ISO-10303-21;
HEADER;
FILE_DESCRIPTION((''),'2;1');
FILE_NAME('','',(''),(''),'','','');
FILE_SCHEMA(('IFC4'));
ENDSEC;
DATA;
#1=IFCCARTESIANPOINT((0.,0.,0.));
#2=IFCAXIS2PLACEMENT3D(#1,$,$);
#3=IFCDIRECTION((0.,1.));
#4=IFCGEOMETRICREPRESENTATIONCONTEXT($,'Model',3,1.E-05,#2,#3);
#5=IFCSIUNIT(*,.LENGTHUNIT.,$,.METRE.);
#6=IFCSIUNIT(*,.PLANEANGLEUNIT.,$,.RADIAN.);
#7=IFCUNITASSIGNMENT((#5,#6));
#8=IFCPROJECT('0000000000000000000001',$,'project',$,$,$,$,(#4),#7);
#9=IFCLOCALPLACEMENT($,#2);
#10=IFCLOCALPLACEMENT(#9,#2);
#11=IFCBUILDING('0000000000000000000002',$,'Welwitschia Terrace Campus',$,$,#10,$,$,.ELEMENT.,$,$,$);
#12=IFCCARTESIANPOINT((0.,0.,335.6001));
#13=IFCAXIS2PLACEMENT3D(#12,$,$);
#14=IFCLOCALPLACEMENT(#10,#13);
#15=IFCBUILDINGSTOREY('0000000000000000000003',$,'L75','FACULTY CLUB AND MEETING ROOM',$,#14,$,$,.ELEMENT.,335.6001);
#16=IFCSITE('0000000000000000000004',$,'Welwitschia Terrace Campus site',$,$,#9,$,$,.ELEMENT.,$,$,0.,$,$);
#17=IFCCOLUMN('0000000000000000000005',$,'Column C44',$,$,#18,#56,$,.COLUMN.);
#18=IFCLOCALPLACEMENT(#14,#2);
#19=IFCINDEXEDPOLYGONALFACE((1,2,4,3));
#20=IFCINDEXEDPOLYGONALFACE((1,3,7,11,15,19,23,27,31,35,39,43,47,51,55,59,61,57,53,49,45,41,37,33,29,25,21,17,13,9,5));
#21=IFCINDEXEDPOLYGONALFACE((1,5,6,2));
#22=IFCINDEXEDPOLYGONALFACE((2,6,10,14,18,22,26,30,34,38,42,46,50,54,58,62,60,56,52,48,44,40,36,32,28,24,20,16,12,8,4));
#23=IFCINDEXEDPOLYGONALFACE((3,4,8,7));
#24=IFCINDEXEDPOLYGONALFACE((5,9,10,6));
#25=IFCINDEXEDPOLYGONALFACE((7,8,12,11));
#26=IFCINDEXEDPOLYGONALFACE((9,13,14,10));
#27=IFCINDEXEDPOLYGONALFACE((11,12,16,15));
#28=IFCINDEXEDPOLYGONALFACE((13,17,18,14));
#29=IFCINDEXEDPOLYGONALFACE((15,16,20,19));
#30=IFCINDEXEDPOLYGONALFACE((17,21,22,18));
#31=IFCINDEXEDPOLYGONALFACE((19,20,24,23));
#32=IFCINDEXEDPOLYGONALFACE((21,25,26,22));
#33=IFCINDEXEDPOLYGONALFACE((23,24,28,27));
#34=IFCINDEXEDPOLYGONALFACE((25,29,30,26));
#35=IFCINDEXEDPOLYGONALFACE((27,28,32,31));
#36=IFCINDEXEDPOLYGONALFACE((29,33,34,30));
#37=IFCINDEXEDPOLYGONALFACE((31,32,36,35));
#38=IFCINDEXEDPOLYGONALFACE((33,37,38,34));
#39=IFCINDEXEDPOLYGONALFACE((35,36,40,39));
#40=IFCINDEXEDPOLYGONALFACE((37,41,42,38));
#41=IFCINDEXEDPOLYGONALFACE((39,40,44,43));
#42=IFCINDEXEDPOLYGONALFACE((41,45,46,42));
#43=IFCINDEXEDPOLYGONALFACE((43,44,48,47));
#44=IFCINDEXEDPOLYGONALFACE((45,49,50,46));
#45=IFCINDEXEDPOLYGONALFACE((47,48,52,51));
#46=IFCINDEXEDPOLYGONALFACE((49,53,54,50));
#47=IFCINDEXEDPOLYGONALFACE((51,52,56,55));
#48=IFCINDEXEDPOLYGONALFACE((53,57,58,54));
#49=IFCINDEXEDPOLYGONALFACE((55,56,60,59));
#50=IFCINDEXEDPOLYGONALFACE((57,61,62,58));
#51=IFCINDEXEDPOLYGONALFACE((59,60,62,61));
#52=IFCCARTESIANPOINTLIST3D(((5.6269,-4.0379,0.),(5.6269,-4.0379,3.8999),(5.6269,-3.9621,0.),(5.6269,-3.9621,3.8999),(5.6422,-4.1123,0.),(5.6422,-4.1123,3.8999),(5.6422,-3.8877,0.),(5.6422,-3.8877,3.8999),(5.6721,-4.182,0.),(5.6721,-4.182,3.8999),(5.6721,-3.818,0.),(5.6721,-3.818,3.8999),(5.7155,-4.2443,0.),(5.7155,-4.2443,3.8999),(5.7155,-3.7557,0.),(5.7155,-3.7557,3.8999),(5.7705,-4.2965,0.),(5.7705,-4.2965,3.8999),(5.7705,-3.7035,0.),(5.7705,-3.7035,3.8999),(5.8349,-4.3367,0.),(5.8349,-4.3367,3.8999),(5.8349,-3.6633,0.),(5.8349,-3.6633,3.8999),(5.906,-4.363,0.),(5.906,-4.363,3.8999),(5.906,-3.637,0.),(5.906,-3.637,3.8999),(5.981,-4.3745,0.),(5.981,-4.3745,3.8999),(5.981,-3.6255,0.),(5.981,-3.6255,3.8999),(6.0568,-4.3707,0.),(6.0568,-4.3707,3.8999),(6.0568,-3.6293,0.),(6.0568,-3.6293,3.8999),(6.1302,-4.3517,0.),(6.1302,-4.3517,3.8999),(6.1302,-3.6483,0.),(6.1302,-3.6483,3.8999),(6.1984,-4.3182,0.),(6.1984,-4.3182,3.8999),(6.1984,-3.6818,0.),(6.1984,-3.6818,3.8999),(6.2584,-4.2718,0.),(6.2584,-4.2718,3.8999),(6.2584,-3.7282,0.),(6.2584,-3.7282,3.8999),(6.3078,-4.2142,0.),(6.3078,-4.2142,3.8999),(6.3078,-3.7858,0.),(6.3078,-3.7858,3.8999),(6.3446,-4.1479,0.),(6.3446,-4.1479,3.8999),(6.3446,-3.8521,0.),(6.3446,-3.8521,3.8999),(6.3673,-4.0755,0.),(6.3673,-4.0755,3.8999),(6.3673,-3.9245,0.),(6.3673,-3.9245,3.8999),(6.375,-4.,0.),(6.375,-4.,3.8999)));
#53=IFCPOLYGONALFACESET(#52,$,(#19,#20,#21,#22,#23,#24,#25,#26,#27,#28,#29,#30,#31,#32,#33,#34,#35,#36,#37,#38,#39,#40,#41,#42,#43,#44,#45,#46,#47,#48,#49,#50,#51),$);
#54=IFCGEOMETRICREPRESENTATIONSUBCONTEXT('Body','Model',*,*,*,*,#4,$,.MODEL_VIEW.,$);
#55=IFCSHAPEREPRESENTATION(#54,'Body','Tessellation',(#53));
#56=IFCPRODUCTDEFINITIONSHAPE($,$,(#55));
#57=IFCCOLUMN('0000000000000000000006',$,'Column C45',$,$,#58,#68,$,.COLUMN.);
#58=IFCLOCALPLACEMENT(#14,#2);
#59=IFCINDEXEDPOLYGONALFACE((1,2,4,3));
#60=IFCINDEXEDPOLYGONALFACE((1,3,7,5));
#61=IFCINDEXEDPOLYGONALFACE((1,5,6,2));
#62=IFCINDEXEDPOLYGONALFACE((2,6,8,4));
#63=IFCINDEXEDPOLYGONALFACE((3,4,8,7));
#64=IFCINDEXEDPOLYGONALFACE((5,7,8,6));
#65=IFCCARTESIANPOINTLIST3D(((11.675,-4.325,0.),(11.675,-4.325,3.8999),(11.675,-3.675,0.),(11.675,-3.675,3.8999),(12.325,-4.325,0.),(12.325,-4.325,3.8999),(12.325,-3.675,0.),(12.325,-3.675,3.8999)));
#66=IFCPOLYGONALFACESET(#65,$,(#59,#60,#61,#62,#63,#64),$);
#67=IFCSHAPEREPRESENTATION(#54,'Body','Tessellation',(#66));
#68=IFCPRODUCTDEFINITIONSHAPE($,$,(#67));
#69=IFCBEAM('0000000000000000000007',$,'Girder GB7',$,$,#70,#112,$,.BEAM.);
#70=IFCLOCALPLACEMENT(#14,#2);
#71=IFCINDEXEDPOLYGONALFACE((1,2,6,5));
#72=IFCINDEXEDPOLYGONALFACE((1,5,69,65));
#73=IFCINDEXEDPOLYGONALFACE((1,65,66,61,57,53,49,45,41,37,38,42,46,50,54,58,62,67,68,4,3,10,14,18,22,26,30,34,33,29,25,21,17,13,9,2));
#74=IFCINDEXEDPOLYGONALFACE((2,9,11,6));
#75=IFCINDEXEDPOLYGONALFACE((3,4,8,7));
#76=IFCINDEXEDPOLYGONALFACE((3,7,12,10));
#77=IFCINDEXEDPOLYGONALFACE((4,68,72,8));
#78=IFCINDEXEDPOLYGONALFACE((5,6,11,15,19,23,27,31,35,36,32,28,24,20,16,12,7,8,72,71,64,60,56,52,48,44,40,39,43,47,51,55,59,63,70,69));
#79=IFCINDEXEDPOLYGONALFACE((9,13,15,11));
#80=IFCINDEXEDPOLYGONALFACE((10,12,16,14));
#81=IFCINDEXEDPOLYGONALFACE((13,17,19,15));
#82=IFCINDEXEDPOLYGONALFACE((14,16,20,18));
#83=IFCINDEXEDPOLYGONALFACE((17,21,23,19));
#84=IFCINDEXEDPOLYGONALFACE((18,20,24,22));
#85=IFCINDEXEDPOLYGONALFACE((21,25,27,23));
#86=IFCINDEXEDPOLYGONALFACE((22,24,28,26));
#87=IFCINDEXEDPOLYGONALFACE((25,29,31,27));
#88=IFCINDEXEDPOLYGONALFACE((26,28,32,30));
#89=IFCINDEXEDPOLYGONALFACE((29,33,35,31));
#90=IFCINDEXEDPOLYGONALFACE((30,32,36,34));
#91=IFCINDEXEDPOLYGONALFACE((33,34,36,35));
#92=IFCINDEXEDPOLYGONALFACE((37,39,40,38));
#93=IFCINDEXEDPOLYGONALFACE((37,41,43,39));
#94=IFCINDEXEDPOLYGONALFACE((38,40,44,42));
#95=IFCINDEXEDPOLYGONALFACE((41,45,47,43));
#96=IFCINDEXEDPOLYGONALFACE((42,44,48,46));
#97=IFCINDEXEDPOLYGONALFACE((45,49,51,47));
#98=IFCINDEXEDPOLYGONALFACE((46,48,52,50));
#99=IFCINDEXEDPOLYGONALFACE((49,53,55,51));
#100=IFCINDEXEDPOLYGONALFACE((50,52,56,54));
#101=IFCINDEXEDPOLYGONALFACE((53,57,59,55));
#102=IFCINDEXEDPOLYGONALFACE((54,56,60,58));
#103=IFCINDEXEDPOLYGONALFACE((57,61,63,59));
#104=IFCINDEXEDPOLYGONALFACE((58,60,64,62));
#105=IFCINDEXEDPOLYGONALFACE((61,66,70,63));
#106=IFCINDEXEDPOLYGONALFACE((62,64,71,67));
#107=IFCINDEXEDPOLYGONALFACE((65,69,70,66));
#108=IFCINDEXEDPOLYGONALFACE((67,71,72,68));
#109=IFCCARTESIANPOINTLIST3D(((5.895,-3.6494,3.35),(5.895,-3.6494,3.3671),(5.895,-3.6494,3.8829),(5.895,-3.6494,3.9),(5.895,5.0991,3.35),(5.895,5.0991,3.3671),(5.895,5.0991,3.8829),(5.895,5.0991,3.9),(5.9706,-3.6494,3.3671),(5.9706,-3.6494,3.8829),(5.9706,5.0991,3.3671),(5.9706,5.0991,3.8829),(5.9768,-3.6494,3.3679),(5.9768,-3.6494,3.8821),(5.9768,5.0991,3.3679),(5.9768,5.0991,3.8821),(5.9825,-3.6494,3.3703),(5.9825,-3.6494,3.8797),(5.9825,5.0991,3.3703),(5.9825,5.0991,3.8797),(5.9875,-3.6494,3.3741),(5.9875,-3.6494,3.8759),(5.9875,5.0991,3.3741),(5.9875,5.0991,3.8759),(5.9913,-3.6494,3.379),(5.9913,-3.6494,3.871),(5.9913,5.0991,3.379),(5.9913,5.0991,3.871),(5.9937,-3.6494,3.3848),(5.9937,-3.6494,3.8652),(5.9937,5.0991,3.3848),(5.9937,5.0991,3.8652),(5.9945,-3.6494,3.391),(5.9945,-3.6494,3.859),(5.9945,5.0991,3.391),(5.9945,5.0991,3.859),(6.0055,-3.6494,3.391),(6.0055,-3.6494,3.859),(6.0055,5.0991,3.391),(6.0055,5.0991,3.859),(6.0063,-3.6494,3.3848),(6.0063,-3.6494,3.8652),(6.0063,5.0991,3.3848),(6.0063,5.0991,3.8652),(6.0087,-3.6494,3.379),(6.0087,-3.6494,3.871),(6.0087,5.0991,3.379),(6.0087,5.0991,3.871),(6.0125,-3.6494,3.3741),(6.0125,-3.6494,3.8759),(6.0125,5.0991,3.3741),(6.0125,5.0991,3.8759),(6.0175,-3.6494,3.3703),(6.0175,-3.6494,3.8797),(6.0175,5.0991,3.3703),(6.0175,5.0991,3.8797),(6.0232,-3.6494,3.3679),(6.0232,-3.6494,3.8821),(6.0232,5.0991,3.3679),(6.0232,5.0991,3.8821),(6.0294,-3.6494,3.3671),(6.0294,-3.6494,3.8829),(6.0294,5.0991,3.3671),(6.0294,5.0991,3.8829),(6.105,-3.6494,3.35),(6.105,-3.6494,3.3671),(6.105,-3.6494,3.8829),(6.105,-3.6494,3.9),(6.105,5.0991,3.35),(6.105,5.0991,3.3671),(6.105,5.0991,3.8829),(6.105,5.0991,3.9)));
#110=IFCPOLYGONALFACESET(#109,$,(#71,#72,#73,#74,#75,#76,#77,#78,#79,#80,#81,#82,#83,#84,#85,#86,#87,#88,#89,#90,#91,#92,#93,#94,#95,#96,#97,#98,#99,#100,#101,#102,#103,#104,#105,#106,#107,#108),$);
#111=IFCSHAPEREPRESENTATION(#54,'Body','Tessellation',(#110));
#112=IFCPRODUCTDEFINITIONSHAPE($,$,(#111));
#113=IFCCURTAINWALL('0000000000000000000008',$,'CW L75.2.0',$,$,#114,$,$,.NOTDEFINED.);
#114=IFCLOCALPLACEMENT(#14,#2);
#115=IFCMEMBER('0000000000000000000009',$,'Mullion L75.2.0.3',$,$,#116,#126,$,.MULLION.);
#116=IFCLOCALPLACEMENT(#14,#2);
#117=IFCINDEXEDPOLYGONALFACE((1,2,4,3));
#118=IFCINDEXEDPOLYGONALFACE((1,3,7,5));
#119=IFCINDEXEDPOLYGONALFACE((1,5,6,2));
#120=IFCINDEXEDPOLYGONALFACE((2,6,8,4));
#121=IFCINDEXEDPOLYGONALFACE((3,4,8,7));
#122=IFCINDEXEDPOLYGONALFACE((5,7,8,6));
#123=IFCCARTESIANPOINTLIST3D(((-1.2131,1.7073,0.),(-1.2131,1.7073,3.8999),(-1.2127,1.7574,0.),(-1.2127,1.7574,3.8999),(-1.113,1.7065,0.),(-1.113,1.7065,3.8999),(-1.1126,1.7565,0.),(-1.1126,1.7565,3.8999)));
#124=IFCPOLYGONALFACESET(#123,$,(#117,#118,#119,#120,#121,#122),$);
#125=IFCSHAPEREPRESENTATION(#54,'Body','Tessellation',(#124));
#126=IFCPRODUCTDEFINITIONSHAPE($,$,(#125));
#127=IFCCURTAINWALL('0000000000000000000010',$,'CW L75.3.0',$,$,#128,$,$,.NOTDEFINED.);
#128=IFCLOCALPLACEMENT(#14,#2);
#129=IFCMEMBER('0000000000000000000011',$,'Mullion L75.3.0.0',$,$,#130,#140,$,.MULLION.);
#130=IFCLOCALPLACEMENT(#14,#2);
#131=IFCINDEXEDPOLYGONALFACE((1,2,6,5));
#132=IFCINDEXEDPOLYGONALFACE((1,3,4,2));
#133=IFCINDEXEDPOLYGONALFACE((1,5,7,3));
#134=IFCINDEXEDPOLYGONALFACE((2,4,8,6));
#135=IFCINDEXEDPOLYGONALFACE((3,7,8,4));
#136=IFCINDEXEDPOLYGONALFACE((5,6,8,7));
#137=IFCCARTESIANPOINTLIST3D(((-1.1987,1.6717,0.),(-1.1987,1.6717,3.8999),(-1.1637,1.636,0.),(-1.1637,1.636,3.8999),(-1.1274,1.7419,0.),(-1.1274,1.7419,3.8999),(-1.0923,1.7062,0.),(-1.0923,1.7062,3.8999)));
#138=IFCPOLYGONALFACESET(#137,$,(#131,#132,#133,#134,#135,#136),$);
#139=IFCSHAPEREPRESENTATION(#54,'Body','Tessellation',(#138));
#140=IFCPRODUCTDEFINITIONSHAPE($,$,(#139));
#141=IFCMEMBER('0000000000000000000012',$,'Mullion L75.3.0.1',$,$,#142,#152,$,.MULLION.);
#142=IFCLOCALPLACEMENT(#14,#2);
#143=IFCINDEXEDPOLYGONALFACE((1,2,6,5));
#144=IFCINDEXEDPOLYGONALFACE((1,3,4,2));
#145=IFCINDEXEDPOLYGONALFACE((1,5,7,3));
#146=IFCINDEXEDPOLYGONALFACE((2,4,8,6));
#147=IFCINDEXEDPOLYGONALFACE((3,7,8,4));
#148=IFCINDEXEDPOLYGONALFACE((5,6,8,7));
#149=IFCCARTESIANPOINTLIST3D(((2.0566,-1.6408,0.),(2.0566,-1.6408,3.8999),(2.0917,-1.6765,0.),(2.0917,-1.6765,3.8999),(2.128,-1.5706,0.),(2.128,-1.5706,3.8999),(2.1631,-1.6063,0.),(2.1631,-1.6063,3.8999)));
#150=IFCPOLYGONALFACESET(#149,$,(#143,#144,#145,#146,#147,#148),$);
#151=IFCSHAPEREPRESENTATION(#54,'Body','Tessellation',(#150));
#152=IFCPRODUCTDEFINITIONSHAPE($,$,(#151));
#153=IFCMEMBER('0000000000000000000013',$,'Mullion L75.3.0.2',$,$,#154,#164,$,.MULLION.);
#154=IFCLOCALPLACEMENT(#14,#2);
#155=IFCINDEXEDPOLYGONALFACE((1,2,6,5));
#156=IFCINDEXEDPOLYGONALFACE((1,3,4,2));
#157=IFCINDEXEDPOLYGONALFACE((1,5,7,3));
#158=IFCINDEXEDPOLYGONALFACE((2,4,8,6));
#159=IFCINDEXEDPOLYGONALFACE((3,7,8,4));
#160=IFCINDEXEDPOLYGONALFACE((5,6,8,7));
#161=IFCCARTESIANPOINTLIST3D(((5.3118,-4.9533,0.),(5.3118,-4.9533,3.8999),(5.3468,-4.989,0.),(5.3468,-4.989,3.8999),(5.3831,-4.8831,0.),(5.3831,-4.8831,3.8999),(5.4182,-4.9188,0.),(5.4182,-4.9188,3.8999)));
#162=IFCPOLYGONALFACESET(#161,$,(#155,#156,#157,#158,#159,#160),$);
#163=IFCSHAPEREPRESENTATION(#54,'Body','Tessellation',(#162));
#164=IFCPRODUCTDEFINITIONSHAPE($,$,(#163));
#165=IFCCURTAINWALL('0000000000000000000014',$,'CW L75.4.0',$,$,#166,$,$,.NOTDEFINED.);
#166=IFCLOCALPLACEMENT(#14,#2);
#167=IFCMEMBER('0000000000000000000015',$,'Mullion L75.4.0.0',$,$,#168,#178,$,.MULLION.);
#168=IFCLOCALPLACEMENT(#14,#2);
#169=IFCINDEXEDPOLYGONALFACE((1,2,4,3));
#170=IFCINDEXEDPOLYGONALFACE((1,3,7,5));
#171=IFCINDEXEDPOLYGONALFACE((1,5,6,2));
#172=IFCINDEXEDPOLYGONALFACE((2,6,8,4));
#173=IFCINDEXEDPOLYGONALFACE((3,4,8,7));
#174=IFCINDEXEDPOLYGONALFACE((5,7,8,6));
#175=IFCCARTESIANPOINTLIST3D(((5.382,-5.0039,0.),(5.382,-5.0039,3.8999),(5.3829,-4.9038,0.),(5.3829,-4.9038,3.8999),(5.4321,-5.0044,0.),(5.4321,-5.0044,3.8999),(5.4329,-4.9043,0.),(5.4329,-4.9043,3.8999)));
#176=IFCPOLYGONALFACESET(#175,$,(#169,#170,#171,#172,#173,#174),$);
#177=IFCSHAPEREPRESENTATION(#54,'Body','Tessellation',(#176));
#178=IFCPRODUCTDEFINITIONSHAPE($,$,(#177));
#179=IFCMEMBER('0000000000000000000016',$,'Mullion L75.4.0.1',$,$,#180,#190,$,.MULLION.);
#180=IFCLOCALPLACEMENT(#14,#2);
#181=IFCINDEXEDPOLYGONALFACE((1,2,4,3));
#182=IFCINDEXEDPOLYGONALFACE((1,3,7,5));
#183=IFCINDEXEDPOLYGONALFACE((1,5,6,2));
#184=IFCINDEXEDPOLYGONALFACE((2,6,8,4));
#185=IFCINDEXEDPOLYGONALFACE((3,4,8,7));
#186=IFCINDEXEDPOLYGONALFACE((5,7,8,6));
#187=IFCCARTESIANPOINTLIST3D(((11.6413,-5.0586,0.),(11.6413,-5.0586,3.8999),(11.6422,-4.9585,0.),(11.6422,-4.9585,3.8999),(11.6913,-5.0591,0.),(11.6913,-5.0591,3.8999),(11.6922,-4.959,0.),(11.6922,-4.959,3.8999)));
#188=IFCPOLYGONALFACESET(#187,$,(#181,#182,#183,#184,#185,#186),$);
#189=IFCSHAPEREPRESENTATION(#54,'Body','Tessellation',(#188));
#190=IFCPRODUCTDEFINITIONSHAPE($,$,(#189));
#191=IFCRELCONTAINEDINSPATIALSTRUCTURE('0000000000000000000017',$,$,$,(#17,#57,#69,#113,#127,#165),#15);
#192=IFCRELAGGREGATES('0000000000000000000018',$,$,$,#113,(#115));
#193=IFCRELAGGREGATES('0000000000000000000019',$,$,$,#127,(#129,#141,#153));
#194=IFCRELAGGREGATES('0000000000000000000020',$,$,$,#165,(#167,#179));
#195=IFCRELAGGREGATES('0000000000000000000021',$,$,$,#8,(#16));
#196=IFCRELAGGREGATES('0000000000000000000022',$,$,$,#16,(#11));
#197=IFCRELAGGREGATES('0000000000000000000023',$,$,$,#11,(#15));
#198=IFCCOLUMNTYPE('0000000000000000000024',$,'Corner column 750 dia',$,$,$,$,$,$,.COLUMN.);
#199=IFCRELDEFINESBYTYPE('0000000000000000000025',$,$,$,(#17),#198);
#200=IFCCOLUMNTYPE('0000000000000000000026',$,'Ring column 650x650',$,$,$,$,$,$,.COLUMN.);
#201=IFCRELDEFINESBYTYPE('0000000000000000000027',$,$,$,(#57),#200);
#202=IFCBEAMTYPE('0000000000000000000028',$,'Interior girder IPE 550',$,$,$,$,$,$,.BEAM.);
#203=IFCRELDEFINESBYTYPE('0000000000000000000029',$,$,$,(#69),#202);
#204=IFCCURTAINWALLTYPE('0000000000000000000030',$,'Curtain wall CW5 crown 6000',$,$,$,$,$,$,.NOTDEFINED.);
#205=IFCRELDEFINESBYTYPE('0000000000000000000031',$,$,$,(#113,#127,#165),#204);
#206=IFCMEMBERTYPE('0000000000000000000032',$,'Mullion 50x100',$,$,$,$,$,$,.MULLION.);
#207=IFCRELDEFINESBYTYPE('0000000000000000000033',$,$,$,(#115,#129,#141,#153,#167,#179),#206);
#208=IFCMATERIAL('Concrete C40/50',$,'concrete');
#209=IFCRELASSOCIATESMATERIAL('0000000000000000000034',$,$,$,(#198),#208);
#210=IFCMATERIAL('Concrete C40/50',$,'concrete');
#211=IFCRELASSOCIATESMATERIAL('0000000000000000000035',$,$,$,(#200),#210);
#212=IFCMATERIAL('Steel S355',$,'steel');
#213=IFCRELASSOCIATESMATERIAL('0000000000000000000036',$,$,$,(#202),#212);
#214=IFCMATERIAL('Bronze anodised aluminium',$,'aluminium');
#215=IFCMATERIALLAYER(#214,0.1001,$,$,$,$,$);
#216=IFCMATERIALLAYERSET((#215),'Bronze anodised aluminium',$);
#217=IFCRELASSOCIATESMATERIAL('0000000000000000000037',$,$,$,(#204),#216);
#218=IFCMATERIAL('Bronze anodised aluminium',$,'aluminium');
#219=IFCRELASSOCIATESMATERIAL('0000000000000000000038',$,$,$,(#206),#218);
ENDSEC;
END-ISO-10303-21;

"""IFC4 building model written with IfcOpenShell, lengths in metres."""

from ifc_helpers import new_model, si_unit, direction, frame, origin, origin_2d, place, context, subcontext, project, spatial, rectangle, circle, i_section, extrude, material, layer, layer_set, material_profile, profile_set, type_object, element, aggregate, save


model = new_model("IFC4")

# Units and contexts
model_context = context("Model", 3, precision=1e-05, world=origin(), true_north=direction((0.0, 1.0)))
body_context = subcontext(model_context, "Body", "Model", "MODEL_VIEW")
ifc_project = project(units=[si_unit("LENGTHUNIT", "METRE"), si_unit("PLANEANGLEUNIT", "RADIAN")], contexts=[model_context])

# Site, building, storey
site_placement = place(None, origin())
site = spatial("IfcSite", under=ifc_project, at=site_placement, Name="Welwitschia Terrace Campus site", CompositionType="ELEMENT", RefElevation=0.0)
building_placement = place(site_placement, origin())
building = spatial("IfcBuilding", under=site, at=building_placement, Name="Welwitschia Terrace Campus", CompositionType="ELEMENT")
storey_placement = place(building_placement, frame((0.0, 0.0, 335.6001)))
storey = spatial("IfcBuildingStorey", under=building, at=storey_placement, Name="L75", Description="FACULTY CLUB AND MEETING ROOM", CompositionType="ELEMENT", Elevation=335.6001)

# Columns
ifc_material_1 = material(Name="Concrete C40/50", Category="concrete")
ifc_material_profile_1 = material_profile(ifc_material_1, circle(Radius=0.375, at=origin_2d()))
ifc_profile_set_1 = profile_set([ifc_material_profile_1], Name="Concrete C40/50")
column_type_1 = type_object("IfcColumnType", Name="Corner column 750 dia", PredefinedType="COLUMN", material=ifc_profile_set_1)
column_1_placement = place(storey_placement, frame((6.0, -4.0, 0.0), z_axis=(0.0, 0.0, 1.0), x_axis=(1.0, 0.0, 0.0)))
element("IfcColumn", 1, at=column_1_placement, inside=storey, type_object=column_type_1, Name="Column C44", PredefinedType="COLUMN", context=body_context, shape_type="SweptSolid", body=[
    extrude(circle(Radius=0.375, at=origin_2d()), origin(), (0.0, 0.0, 1.0), 3.8999),
])
ifc_material_2 = material(Name="Concrete C40/50", Category="concrete")
ifc_material_profile_2 = material_profile(ifc_material_2, rectangle(XDim=0.6499, YDim=0.6499, at=origin_2d()))
ifc_profile_set_2 = profile_set([ifc_material_profile_2], Name="Concrete C40/50")
column_type_2 = type_object("IfcColumnType", Name="Ring column 650x650", PredefinedType="COLUMN", material=ifc_profile_set_2)
column_2_placement = place(storey_placement, frame((12.0, -4.0, 0.0), z_axis=(0.0, 0.0, 1.0), x_axis=(1.0, 0.0, 0.0)))
element("IfcColumn", 2, at=column_2_placement, inside=storey, type_object=column_type_2, Name="Column C45", PredefinedType="COLUMN", context=body_context, shape_type="SweptSolid", body=[
    extrude(rectangle(XDim=0.6499, YDim=0.6499, at=origin_2d()), origin(), (0.0, 0.0, 1.0), 3.8999),
])

# Beam
ifc_material_3 = material(Name="Steel S355", Category="steel")
ifc_material_profile_3 = material_profile(ifc_material_3, i_section(OverallWidth=0.21, OverallDepth=0.55, WebThickness=0.011, FlangeThickness=0.0171, FilletRadius=0.0239, at=origin_2d()))
ifc_profile_set_3 = profile_set([ifc_material_profile_3], Name="Steel S355")
beam_type_1 = type_object("IfcBeamType", Name="Interior girder IPE 550", PredefinedType="BEAM", material=ifc_profile_set_3)
beam_1_placement = place(storey_placement, frame((6.0, -3.6494, 3.625), z_axis=(0.0, 1.0, 0.0), x_axis=(-1.0, 0.0, 0.0)))
element("IfcBeam", 3, at=beam_1_placement, inside=storey, type_object=beam_type_1, Name="Girder GB7", PredefinedType="BEAM", context=body_context, shape_type="SweptSolid", body=[
    extrude(i_section(OverallWidth=0.21, OverallDepth=0.55, WebThickness=0.011, FlangeThickness=0.0171, FilletRadius=0.0239, at=origin_2d()), origin(), (0.0, 0.0, 1.0), 8.7485),
])

# Curtain wall, member
ifc_material_4 = material(Name="Bronze anodised aluminium", Category="aluminium")
ifc_layer_1 = layer(ifc_material_4, 0.1001)
ifc_layer_set_1 = layer_set([ifc_layer_1], Name="Bronze anodised aluminium")
curtain_wall_type = type_object("IfcCurtainWallType", Name="Curtain wall CW5 crown 6000", PredefinedType="NOTDEFINED", material=ifc_layer_set_1)
curtain_wall_1_placement = place(storey_placement, origin())
curtain_wall_1 = element("IfcCurtainWall", 4, at=curtain_wall_1_placement, inside=storey, type_object=curtain_wall_type, Name="CW L75.2.0", PredefinedType="NOTDEFINED")
ifc_material_5 = material(Name="Bronze anodised aluminium", Category="aluminium")
ifc_material_profile_4 = material_profile(ifc_material_5, rectangle(XDim=0.1001, YDim=0.05, at=origin_2d()))
ifc_profile_set_4 = profile_set([ifc_material_profile_4], Name="Bronze anodised aluminium")
member_type_1 = type_object("IfcMemberType", Name="Mullion 50x100", PredefinedType="MULLION", material=ifc_profile_set_4)
member_1_placement = place(storey_placement, frame((-1.1628, 1.7319, 0.0), z_axis=(0.0, 0.0, 1.0), x_axis=(0.999962, -0.008727, 0.0)))
member_1 = element("IfcMember", 5, at=member_1_placement, type_object=member_type_1, Name="Mullion L75.2.0.3", PredefinedType="MULLION", context=body_context, shape_type="SweptSolid", body=[
    extrude(rectangle(XDim=0.1001, YDim=0.05, at=origin_2d()), origin(), (0.0, 0.0, 1.0), 3.8999),
])
aggregate(curtain_wall_1, [member_1])

# Curtain walls, members
curtain_wall_2_placement = place(storey_placement, origin())
curtain_wall_2 = element("IfcCurtainWall", 6, at=curtain_wall_2_placement, inside=storey, type_object=curtain_wall_type, Name="CW L75.3.0", PredefinedType="NOTDEFINED")
member_2_placement = place(storey_placement, frame((-1.1455, 1.689, 0.0), z_axis=(0.0, 0.0, 1.0), x_axis=(0.71325, 0.700909, 0.0)))
member_2 = element("IfcMember", 7, at=member_2_placement, type_object=member_type_1, Name="Mullion L75.3.0.0", PredefinedType="MULLION", context=body_context, shape_type="SweptSolid", body=[
    extrude(rectangle(XDim=0.1001, YDim=0.05, at=origin_2d()), origin(), (0.0, 0.0, 1.0), 3.8999),
])
member_3_placement = place(storey_placement, frame((2.1099, -1.6235, 0.0), z_axis=(0.0, 0.0, 1.0), x_axis=(0.71325, 0.700909, 0.0)))
member_3 = element("IfcMember", 8, at=member_3_placement, type_object=member_type_1, Name="Mullion L75.3.0.1", PredefinedType="MULLION", context=body_context, shape_type="SweptSolid", body=[
    extrude(rectangle(XDim=0.1001, YDim=0.05, at=origin_2d()), origin(), (0.0, 0.0, 1.0), 3.8999),
])
member_4_placement = place(storey_placement, frame((5.365, -4.936, 0.0), z_axis=(0.0, 0.0, 1.0), x_axis=(0.71325, 0.700909, 0.0)))
member_4 = element("IfcMember", 9, at=member_4_placement, type_object=member_type_1, Name="Mullion L75.3.0.2", PredefinedType="MULLION", context=body_context, shape_type="SweptSolid", body=[
    extrude(rectangle(XDim=0.1001, YDim=0.05, at=origin_2d()), origin(), (0.0, 0.0, 1.0), 3.8999),
])
curtain_wall_3_placement = place(storey_placement, origin())
curtain_wall_3 = element("IfcCurtainWall", 10, at=curtain_wall_3_placement, inside=storey, type_object=curtain_wall_type, Name="CW L75.4.0", PredefinedType="NOTDEFINED")
member_5_placement = place(storey_placement, frame((5.4075, -4.9541, 0.0), z_axis=(0.0, 0.0, 1.0), x_axis=(0.008727, 0.999962, 0.0)))
member_5 = element("IfcMember", 11, at=member_5_placement, type_object=member_type_1, Name="Mullion L75.4.0.0", PredefinedType="MULLION", context=body_context, shape_type="SweptSolid", body=[
    extrude(rectangle(XDim=0.1001, YDim=0.05, at=origin_2d()), origin(), (0.0, 0.0, 1.0), 3.8999),
])
member_6_placement = place(storey_placement, frame((11.6667, -5.0088, 0.0), z_axis=(0.0, 0.0, 1.0), x_axis=(0.008727, 0.999962, 0.0)))
member_6 = element("IfcMember", 12, at=member_6_placement, type_object=member_type_1, Name="Mullion L75.4.0.1", PredefinedType="MULLION", context=body_context, shape_type="SweptSolid", body=[
    extrude(rectangle(XDim=0.1001, YDim=0.05, at=origin_2d()), origin(), (0.0, 0.0, 1.0), 3.8999),
])

aggregate(curtain_wall_2, [member_2, member_3, member_4])
aggregate(curtain_wall_3, [member_5, member_6])

save(model, "model.ifc")
